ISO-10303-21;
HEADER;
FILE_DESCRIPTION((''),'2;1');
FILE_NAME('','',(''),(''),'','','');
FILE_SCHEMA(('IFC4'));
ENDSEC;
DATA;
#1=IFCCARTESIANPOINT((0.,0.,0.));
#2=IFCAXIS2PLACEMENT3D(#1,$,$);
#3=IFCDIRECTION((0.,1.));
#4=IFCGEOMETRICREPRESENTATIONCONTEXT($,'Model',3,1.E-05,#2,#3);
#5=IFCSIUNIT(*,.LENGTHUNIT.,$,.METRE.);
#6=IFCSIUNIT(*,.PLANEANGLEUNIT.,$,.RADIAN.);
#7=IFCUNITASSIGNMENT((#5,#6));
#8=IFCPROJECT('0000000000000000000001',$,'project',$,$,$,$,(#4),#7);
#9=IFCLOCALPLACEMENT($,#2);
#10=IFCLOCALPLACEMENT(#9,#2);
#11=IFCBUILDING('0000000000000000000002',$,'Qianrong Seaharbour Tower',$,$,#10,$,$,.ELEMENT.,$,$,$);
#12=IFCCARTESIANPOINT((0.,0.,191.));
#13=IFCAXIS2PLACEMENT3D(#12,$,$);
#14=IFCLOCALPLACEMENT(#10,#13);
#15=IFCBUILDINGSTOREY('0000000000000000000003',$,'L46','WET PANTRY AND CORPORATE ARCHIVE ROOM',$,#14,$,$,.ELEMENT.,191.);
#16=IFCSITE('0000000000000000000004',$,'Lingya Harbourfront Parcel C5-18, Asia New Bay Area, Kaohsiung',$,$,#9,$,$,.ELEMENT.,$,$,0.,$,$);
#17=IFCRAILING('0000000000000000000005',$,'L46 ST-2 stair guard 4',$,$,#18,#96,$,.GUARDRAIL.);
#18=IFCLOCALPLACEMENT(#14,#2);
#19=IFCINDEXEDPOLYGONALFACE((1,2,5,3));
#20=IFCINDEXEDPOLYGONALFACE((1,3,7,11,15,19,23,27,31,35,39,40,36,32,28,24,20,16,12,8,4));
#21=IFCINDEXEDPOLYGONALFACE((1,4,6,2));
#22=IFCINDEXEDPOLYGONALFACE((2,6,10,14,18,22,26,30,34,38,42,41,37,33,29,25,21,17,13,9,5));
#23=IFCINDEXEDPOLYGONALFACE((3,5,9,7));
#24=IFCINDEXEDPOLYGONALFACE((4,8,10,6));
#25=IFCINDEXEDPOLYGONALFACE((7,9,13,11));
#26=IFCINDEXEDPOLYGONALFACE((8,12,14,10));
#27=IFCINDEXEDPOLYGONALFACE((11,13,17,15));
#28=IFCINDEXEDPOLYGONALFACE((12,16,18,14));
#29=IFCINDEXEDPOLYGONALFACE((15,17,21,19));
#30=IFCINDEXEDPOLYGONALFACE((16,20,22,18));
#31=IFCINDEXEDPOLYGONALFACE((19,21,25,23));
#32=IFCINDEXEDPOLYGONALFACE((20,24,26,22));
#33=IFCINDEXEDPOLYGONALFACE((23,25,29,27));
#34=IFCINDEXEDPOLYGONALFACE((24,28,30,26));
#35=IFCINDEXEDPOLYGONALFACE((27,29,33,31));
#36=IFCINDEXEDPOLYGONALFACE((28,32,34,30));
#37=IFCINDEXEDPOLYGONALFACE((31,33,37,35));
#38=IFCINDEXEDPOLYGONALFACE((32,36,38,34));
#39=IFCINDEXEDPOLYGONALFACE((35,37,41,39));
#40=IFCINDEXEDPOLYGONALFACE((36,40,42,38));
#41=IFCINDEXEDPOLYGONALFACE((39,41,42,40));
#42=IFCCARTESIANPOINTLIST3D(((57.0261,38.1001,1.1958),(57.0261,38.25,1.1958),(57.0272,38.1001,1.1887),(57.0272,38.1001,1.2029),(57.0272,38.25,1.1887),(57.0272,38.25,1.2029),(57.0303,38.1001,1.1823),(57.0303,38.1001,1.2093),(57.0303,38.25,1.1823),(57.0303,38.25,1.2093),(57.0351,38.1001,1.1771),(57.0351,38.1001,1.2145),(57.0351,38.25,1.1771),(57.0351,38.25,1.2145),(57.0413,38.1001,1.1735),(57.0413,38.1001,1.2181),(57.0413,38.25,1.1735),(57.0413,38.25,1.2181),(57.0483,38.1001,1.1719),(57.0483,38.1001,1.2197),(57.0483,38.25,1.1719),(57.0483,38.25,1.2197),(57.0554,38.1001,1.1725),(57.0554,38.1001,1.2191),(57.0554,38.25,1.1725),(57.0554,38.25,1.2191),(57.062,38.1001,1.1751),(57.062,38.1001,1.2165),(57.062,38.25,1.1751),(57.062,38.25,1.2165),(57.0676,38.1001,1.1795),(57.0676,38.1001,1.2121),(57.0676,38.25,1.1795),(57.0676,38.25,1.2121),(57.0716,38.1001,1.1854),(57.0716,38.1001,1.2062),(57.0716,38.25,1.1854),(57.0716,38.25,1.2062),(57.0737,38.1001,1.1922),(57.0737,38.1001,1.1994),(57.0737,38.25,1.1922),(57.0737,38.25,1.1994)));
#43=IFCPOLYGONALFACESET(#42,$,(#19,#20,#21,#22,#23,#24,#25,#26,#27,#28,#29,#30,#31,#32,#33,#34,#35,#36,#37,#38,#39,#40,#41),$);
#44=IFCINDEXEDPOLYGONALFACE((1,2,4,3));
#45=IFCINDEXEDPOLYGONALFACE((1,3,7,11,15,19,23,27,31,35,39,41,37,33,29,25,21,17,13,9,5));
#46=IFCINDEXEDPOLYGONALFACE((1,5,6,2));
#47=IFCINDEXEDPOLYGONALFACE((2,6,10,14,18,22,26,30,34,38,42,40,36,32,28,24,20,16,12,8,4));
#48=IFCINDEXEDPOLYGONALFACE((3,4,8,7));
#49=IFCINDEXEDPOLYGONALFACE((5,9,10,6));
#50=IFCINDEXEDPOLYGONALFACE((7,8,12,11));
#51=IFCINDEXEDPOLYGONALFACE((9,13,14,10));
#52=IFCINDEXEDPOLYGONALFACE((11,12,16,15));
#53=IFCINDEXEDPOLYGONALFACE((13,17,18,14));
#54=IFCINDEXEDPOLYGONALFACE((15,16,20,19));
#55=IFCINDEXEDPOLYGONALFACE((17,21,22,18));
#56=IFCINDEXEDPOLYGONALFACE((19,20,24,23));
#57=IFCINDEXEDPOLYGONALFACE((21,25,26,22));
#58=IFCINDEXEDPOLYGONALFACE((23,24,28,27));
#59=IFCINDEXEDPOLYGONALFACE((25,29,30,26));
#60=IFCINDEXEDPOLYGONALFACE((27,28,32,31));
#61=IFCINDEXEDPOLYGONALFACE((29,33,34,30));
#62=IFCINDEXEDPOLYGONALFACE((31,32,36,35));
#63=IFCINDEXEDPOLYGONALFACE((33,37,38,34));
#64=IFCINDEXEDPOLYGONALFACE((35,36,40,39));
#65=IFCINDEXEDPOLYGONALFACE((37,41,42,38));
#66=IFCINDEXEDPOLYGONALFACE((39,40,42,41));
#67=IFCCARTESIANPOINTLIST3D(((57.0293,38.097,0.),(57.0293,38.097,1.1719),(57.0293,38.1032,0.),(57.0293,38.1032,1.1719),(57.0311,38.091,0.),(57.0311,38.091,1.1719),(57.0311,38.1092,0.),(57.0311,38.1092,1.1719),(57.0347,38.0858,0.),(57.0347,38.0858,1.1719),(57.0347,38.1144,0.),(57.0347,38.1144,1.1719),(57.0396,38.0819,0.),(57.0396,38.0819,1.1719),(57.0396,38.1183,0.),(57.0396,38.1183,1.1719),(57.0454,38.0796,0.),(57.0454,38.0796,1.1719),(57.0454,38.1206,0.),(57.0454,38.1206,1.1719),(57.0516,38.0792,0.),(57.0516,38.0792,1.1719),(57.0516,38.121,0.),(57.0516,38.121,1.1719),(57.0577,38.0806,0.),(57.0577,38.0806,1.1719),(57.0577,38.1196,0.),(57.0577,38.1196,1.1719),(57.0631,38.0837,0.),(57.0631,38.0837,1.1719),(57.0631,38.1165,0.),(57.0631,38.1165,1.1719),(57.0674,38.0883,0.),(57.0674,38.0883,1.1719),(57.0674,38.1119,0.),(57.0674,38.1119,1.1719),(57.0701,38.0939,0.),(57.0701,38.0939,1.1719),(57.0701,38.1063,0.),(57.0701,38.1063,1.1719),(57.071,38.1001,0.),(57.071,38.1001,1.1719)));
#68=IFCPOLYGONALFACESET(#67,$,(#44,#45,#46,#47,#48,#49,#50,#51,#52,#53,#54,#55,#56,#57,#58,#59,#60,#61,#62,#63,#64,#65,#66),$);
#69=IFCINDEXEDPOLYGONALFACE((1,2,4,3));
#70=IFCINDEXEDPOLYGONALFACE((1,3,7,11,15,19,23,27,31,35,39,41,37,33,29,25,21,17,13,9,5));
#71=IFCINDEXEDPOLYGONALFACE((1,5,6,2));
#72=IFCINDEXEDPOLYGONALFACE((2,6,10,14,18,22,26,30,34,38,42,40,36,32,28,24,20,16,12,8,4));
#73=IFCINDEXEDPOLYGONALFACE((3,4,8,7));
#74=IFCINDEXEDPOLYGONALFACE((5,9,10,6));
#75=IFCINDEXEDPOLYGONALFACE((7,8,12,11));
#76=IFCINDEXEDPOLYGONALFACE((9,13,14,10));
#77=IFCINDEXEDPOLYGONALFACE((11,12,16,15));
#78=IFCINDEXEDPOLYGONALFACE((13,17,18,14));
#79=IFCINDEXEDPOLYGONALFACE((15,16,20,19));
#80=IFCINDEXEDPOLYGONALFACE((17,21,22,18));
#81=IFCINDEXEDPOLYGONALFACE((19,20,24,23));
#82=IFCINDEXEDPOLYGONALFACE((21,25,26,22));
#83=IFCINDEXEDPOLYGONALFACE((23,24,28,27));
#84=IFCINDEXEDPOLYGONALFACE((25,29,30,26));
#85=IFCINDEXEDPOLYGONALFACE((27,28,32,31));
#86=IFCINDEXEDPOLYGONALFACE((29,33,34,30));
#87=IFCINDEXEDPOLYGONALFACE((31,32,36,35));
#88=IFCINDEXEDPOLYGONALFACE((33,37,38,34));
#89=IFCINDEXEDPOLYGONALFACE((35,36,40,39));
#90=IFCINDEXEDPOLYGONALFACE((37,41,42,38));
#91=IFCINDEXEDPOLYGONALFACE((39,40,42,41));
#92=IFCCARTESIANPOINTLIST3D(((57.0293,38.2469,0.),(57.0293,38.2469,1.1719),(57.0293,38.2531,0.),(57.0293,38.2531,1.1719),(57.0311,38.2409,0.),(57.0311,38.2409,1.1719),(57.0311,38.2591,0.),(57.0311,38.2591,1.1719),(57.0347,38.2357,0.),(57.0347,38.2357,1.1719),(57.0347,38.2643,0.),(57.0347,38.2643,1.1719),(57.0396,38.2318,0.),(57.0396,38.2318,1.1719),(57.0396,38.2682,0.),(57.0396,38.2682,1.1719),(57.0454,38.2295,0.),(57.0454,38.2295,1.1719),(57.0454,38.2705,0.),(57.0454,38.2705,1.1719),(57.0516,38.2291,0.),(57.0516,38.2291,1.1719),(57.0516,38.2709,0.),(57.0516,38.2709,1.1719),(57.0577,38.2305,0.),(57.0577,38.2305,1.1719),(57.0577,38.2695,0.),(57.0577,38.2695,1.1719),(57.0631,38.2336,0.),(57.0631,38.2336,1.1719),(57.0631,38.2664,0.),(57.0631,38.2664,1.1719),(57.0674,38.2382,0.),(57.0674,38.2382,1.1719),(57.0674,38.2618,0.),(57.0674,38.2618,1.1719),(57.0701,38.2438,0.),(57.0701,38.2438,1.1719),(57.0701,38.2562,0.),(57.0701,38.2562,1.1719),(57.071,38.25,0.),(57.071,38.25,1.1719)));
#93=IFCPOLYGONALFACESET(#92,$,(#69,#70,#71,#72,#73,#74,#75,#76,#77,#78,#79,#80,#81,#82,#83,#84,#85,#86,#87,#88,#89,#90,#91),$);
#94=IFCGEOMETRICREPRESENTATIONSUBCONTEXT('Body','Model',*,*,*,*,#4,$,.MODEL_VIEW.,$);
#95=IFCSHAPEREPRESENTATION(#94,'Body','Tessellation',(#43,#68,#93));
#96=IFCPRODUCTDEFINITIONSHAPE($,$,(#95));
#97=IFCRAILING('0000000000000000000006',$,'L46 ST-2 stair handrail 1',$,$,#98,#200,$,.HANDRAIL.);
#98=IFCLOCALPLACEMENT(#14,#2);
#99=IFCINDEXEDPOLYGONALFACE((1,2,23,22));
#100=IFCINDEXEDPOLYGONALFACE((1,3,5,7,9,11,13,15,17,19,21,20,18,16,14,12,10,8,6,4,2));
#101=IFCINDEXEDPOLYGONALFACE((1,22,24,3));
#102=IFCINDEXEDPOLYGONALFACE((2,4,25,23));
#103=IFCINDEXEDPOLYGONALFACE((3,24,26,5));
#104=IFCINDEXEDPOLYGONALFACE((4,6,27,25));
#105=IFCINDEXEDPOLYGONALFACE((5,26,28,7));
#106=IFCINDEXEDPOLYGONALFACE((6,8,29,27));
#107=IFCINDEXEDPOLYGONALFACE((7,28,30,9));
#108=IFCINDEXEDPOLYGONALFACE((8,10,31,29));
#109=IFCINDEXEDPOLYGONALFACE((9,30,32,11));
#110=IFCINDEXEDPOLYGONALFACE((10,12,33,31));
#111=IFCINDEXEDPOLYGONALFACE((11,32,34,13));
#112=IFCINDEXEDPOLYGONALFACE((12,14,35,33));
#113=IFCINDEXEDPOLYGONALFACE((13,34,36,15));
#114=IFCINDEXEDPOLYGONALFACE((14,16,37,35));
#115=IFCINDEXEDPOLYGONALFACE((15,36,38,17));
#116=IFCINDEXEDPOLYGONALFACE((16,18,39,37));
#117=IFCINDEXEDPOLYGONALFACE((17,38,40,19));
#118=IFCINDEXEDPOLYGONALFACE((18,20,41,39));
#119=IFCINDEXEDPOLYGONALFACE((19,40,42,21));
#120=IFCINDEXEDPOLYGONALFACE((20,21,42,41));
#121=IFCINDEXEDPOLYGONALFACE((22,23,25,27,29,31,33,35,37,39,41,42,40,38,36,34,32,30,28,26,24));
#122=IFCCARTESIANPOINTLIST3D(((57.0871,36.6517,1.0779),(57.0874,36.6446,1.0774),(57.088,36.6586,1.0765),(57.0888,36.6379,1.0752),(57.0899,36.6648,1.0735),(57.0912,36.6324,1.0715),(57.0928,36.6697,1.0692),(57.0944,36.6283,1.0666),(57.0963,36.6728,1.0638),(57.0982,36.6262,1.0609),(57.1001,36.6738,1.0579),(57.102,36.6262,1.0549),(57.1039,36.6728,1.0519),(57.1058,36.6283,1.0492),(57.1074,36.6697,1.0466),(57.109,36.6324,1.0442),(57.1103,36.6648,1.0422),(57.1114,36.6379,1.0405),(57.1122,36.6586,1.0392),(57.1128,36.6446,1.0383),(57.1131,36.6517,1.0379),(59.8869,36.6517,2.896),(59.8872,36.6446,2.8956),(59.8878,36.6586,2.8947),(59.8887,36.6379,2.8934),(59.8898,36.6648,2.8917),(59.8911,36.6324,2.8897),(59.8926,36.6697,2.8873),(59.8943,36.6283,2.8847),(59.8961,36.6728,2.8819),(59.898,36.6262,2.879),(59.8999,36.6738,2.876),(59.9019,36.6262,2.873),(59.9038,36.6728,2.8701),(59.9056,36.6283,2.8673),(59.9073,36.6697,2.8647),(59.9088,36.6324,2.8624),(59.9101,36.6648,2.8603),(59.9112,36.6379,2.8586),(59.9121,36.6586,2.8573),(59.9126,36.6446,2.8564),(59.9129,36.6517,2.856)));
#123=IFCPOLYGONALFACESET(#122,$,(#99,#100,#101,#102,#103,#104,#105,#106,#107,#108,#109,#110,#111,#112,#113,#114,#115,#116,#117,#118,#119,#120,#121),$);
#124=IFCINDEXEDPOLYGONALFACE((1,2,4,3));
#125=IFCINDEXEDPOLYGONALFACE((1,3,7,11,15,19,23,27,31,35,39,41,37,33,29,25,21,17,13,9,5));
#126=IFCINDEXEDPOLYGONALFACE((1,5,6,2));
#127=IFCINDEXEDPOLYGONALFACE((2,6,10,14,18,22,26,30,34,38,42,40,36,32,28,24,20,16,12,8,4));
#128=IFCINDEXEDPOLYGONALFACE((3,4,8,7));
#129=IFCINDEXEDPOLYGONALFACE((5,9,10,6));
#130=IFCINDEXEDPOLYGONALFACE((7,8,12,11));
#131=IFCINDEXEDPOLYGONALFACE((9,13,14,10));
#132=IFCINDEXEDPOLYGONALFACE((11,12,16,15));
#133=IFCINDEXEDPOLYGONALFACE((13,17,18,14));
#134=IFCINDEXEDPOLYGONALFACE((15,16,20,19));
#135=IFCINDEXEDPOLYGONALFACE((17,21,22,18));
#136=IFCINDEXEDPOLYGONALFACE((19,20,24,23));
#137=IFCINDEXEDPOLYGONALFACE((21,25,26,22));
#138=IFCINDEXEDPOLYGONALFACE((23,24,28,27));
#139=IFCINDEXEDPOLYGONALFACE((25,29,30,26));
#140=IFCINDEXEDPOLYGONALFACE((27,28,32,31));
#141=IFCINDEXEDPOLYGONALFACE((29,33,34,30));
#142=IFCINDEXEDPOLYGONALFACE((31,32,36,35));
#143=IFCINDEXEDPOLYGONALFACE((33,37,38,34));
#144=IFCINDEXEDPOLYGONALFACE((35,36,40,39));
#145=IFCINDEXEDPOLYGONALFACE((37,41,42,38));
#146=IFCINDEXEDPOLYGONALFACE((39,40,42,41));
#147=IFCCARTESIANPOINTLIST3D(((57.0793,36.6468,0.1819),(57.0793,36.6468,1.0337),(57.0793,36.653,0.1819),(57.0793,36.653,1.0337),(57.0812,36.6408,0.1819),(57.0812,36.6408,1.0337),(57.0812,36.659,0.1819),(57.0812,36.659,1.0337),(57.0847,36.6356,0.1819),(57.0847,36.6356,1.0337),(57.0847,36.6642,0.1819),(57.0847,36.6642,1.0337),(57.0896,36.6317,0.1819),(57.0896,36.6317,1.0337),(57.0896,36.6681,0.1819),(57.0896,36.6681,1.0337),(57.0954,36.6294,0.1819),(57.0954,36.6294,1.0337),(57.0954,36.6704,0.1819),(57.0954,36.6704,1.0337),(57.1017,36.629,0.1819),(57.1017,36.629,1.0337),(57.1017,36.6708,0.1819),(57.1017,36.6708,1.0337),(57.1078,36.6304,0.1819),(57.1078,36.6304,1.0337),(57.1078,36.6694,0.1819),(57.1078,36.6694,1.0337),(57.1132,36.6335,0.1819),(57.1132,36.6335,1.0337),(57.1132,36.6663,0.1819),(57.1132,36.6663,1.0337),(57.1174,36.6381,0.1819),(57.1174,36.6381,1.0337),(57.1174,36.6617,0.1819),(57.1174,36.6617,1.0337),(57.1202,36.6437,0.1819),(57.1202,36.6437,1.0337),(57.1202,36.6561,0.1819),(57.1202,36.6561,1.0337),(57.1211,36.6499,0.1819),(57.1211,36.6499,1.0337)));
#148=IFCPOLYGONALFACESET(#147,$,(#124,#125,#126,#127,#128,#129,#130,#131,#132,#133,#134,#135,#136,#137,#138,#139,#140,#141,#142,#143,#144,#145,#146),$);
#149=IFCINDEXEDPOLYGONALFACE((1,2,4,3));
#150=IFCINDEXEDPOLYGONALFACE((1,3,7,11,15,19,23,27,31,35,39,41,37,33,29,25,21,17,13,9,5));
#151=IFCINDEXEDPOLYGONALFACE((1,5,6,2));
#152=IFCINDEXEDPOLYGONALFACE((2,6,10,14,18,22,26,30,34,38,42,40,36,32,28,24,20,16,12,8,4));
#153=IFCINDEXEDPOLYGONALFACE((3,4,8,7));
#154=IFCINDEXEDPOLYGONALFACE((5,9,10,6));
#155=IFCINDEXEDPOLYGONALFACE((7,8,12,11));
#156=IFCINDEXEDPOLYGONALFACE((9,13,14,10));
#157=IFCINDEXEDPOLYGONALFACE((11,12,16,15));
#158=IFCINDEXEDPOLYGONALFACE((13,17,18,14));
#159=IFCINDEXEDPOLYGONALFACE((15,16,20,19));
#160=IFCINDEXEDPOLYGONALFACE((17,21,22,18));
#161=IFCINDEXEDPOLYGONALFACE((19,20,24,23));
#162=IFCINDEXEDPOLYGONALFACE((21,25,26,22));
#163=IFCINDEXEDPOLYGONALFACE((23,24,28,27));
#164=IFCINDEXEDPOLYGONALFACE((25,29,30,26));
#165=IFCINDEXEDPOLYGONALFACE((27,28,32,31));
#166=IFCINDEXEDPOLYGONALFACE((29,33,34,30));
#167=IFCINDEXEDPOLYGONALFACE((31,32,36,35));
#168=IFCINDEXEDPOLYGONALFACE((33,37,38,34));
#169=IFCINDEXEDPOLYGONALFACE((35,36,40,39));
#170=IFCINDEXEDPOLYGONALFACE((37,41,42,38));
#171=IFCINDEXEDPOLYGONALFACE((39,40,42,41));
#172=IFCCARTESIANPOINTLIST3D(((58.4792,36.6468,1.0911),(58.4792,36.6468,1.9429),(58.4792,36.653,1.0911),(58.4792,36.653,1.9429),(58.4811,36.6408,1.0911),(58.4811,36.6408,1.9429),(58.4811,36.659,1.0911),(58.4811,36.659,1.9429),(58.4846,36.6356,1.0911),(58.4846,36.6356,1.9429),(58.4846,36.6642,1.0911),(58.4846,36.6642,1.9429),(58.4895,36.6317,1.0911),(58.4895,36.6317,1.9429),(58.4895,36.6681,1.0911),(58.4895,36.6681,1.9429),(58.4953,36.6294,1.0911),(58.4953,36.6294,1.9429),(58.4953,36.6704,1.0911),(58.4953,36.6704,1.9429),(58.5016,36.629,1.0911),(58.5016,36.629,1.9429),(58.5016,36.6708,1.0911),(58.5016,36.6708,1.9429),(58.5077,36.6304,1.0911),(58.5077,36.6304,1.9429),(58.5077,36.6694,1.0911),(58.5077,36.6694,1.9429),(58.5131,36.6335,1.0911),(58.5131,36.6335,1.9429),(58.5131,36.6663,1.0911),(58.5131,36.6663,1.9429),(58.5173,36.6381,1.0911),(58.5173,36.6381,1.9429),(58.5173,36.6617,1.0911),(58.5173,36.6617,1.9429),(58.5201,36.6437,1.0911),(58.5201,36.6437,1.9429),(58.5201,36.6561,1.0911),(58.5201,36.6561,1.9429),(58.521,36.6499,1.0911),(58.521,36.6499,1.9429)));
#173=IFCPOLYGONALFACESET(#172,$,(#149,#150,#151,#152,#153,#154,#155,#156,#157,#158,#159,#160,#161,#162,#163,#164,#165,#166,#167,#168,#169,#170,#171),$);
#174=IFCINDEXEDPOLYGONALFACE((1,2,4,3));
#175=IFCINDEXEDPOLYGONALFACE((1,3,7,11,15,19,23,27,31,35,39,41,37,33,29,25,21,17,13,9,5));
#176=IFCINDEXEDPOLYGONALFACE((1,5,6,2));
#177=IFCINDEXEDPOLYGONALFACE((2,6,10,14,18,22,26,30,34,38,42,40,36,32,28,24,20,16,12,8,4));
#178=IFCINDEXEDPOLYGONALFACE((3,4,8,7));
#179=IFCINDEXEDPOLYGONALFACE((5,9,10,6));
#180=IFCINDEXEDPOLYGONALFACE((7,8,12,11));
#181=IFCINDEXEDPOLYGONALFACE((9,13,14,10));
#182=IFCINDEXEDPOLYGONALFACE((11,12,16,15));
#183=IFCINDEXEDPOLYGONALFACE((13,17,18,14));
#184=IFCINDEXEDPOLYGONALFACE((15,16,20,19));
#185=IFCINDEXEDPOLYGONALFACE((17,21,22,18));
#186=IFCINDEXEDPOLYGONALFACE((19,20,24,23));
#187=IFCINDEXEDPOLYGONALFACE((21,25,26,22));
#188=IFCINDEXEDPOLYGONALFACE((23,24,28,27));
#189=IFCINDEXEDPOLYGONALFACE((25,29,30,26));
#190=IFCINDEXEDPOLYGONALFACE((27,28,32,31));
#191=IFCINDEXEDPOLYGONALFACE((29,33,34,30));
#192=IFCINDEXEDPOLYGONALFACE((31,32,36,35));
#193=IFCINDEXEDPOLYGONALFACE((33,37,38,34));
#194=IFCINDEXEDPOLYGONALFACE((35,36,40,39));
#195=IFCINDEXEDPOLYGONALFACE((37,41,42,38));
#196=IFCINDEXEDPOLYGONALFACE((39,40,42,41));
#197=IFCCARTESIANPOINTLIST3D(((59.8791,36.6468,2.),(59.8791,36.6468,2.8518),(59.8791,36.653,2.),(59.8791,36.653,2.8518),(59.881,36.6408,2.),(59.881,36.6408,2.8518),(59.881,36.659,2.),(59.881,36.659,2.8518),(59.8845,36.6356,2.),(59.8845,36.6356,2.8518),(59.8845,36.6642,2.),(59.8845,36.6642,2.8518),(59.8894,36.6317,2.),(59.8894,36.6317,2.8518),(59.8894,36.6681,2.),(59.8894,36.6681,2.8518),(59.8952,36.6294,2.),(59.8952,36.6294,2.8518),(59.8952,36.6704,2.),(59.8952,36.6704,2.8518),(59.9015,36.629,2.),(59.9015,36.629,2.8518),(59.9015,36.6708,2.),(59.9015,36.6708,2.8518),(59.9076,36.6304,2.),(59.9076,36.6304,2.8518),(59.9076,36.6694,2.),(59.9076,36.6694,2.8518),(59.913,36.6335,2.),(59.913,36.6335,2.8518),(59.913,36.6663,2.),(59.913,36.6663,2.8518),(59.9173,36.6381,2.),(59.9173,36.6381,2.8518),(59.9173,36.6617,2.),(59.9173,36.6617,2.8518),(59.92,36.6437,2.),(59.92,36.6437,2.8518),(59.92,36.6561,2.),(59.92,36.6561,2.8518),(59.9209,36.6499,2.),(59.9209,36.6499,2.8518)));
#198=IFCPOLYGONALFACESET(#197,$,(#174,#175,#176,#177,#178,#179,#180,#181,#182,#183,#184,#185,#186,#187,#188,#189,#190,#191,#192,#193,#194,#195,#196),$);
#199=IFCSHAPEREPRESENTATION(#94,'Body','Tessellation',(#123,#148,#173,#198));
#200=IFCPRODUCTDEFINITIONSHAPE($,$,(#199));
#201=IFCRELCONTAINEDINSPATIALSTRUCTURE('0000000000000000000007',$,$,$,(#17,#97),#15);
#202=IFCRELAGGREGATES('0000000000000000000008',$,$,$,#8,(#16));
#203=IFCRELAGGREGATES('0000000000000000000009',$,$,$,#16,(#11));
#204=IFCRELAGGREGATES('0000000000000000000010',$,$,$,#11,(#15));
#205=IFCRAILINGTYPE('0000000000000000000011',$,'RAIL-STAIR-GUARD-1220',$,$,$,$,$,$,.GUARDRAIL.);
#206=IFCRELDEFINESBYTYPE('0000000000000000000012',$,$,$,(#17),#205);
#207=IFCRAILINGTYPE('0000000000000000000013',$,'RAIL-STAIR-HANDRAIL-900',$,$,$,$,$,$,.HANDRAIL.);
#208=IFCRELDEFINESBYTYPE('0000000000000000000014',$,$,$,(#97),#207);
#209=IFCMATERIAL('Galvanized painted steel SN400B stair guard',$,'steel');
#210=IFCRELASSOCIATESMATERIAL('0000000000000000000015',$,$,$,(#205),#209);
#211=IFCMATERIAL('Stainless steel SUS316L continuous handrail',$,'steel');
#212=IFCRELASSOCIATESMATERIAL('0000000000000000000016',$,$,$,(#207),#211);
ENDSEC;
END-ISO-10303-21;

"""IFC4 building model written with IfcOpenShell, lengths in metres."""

from ifc_helpers import new_model, si_unit, direction, frame, origin, origin_2d, place, context, subcontext, project, spatial, circle, extrude, material, type_object, element, save


model = new_model("IFC4")

# Units and contexts
model_context = context("Model", 3, precision=1e-05, world=origin(), true_north=direction((0.0, 1.0)))
body_context = subcontext(model_context, "Body", "Model", "MODEL_VIEW")
ifc_project = project(units=[si_unit("LENGTHUNIT", "METRE"), si_unit("PLANEANGLEUNIT", "RADIAN")], contexts=[model_context])

# Site, building, storey
site_placement = place(None, origin())
site = spatial("IfcSite", under=ifc_project, at=site_placement, Name="Lingya Harbourfront Parcel C5-18, Asia New Bay Area, Kaohsiung", CompositionType="ELEMENT", RefElevation=0.0)
building_placement = place(site_placement, origin())
building = spatial("IfcBuilding", under=site, at=building_placement, Name="Qianrong Seaharbour Tower", CompositionType="ELEMENT")
storey_placement = place(building_placement, frame((0.0, 0.0, 191.0)))
storey = spatial("IfcBuildingStorey", under=building, at=storey_placement, Name="L46", Description="WET PANTRY AND CORPORATE ARCHIVE ROOM", CompositionType="ELEMENT", Elevation=191.0)

# Railings
ifc_material_1 = material(Name="Galvanized painted steel SN400B stair guard", Category="steel")
railing_type_1 = type_object("IfcRailingType", Name="RAIL-STAIR-GUARD-1220", PredefinedType="GUARDRAIL", material=ifc_material_1)
railing_1_placement = place(storey_placement, frame((57.05, 38.1001, 0.0)))
element("IfcRailing", 1, at=railing_1_placement, inside=storey, type_object=railing_type_1, Name="L46 ST-2 stair guard 4", PredefinedType="GUARDRAIL", context=body_context, shape_type="SweptSolid", body=[
    extrude(circle(Radius=0.0239, at=origin_2d()), frame((0.0, 0.0, 1.1958), z_axis=(0.0, 1.0, 0.0), x_axis=(-1.0, 0.0, 0.0)), (0.0, 0.0, 1.0), 0.1499),
    extrude(circle(Radius=0.021, at=origin_2d()), origin(), (0.0, 0.0, 1.0), 1.1719),
    extrude(circle(Radius=0.021, at=origin_2d()), frame((0.0, 0.1499, 0.0)), (0.0, 0.0, 1.0), 1.1719),
])
ifc_material_2 = material(Name="Stainless steel SUS316L continuous handrail", Category="steel")
railing_type_2 = type_object("IfcRailingType", Name="RAIL-STAIR-HANDRAIL-900", PredefinedType="HANDRAIL", material=ifc_material_2)
railing_2_placement = place(storey_placement, frame((57.1001, 36.6499, 0.1819)))
element("IfcRailing", 2, at=railing_2_placement, inside=storey, type_object=railing_type_2, Name="L46 ST-2 stair handrail 1", PredefinedType="HANDRAIL", context=body_context, shape_type="SweptSolid", body=[
    extrude(circle(Radius=0.0239, at=origin_2d()), frame((0.0, 0.0, 0.876), z_axis=(0.838684, 0.0, 0.544618), x_axis=(0.0, 1.0, 0.0)), (0.0, 0.0, 1.0), 3.3384),
    extrude(circle(Radius=0.021, at=origin_2d()), origin(), (0.0, 0.0, 1.0), 0.8518),
    extrude(circle(Radius=0.021, at=origin_2d()), frame((1.3999, 0.0, 0.9092)), (0.0, 0.0, 1.0), 0.8518),
    extrude(circle(Radius=0.021, at=origin_2d()), frame((2.7998, 0.0, 1.8181)), (0.0, 0.0, 1.0), 0.8518),
])

save(model, "model.ifc")
